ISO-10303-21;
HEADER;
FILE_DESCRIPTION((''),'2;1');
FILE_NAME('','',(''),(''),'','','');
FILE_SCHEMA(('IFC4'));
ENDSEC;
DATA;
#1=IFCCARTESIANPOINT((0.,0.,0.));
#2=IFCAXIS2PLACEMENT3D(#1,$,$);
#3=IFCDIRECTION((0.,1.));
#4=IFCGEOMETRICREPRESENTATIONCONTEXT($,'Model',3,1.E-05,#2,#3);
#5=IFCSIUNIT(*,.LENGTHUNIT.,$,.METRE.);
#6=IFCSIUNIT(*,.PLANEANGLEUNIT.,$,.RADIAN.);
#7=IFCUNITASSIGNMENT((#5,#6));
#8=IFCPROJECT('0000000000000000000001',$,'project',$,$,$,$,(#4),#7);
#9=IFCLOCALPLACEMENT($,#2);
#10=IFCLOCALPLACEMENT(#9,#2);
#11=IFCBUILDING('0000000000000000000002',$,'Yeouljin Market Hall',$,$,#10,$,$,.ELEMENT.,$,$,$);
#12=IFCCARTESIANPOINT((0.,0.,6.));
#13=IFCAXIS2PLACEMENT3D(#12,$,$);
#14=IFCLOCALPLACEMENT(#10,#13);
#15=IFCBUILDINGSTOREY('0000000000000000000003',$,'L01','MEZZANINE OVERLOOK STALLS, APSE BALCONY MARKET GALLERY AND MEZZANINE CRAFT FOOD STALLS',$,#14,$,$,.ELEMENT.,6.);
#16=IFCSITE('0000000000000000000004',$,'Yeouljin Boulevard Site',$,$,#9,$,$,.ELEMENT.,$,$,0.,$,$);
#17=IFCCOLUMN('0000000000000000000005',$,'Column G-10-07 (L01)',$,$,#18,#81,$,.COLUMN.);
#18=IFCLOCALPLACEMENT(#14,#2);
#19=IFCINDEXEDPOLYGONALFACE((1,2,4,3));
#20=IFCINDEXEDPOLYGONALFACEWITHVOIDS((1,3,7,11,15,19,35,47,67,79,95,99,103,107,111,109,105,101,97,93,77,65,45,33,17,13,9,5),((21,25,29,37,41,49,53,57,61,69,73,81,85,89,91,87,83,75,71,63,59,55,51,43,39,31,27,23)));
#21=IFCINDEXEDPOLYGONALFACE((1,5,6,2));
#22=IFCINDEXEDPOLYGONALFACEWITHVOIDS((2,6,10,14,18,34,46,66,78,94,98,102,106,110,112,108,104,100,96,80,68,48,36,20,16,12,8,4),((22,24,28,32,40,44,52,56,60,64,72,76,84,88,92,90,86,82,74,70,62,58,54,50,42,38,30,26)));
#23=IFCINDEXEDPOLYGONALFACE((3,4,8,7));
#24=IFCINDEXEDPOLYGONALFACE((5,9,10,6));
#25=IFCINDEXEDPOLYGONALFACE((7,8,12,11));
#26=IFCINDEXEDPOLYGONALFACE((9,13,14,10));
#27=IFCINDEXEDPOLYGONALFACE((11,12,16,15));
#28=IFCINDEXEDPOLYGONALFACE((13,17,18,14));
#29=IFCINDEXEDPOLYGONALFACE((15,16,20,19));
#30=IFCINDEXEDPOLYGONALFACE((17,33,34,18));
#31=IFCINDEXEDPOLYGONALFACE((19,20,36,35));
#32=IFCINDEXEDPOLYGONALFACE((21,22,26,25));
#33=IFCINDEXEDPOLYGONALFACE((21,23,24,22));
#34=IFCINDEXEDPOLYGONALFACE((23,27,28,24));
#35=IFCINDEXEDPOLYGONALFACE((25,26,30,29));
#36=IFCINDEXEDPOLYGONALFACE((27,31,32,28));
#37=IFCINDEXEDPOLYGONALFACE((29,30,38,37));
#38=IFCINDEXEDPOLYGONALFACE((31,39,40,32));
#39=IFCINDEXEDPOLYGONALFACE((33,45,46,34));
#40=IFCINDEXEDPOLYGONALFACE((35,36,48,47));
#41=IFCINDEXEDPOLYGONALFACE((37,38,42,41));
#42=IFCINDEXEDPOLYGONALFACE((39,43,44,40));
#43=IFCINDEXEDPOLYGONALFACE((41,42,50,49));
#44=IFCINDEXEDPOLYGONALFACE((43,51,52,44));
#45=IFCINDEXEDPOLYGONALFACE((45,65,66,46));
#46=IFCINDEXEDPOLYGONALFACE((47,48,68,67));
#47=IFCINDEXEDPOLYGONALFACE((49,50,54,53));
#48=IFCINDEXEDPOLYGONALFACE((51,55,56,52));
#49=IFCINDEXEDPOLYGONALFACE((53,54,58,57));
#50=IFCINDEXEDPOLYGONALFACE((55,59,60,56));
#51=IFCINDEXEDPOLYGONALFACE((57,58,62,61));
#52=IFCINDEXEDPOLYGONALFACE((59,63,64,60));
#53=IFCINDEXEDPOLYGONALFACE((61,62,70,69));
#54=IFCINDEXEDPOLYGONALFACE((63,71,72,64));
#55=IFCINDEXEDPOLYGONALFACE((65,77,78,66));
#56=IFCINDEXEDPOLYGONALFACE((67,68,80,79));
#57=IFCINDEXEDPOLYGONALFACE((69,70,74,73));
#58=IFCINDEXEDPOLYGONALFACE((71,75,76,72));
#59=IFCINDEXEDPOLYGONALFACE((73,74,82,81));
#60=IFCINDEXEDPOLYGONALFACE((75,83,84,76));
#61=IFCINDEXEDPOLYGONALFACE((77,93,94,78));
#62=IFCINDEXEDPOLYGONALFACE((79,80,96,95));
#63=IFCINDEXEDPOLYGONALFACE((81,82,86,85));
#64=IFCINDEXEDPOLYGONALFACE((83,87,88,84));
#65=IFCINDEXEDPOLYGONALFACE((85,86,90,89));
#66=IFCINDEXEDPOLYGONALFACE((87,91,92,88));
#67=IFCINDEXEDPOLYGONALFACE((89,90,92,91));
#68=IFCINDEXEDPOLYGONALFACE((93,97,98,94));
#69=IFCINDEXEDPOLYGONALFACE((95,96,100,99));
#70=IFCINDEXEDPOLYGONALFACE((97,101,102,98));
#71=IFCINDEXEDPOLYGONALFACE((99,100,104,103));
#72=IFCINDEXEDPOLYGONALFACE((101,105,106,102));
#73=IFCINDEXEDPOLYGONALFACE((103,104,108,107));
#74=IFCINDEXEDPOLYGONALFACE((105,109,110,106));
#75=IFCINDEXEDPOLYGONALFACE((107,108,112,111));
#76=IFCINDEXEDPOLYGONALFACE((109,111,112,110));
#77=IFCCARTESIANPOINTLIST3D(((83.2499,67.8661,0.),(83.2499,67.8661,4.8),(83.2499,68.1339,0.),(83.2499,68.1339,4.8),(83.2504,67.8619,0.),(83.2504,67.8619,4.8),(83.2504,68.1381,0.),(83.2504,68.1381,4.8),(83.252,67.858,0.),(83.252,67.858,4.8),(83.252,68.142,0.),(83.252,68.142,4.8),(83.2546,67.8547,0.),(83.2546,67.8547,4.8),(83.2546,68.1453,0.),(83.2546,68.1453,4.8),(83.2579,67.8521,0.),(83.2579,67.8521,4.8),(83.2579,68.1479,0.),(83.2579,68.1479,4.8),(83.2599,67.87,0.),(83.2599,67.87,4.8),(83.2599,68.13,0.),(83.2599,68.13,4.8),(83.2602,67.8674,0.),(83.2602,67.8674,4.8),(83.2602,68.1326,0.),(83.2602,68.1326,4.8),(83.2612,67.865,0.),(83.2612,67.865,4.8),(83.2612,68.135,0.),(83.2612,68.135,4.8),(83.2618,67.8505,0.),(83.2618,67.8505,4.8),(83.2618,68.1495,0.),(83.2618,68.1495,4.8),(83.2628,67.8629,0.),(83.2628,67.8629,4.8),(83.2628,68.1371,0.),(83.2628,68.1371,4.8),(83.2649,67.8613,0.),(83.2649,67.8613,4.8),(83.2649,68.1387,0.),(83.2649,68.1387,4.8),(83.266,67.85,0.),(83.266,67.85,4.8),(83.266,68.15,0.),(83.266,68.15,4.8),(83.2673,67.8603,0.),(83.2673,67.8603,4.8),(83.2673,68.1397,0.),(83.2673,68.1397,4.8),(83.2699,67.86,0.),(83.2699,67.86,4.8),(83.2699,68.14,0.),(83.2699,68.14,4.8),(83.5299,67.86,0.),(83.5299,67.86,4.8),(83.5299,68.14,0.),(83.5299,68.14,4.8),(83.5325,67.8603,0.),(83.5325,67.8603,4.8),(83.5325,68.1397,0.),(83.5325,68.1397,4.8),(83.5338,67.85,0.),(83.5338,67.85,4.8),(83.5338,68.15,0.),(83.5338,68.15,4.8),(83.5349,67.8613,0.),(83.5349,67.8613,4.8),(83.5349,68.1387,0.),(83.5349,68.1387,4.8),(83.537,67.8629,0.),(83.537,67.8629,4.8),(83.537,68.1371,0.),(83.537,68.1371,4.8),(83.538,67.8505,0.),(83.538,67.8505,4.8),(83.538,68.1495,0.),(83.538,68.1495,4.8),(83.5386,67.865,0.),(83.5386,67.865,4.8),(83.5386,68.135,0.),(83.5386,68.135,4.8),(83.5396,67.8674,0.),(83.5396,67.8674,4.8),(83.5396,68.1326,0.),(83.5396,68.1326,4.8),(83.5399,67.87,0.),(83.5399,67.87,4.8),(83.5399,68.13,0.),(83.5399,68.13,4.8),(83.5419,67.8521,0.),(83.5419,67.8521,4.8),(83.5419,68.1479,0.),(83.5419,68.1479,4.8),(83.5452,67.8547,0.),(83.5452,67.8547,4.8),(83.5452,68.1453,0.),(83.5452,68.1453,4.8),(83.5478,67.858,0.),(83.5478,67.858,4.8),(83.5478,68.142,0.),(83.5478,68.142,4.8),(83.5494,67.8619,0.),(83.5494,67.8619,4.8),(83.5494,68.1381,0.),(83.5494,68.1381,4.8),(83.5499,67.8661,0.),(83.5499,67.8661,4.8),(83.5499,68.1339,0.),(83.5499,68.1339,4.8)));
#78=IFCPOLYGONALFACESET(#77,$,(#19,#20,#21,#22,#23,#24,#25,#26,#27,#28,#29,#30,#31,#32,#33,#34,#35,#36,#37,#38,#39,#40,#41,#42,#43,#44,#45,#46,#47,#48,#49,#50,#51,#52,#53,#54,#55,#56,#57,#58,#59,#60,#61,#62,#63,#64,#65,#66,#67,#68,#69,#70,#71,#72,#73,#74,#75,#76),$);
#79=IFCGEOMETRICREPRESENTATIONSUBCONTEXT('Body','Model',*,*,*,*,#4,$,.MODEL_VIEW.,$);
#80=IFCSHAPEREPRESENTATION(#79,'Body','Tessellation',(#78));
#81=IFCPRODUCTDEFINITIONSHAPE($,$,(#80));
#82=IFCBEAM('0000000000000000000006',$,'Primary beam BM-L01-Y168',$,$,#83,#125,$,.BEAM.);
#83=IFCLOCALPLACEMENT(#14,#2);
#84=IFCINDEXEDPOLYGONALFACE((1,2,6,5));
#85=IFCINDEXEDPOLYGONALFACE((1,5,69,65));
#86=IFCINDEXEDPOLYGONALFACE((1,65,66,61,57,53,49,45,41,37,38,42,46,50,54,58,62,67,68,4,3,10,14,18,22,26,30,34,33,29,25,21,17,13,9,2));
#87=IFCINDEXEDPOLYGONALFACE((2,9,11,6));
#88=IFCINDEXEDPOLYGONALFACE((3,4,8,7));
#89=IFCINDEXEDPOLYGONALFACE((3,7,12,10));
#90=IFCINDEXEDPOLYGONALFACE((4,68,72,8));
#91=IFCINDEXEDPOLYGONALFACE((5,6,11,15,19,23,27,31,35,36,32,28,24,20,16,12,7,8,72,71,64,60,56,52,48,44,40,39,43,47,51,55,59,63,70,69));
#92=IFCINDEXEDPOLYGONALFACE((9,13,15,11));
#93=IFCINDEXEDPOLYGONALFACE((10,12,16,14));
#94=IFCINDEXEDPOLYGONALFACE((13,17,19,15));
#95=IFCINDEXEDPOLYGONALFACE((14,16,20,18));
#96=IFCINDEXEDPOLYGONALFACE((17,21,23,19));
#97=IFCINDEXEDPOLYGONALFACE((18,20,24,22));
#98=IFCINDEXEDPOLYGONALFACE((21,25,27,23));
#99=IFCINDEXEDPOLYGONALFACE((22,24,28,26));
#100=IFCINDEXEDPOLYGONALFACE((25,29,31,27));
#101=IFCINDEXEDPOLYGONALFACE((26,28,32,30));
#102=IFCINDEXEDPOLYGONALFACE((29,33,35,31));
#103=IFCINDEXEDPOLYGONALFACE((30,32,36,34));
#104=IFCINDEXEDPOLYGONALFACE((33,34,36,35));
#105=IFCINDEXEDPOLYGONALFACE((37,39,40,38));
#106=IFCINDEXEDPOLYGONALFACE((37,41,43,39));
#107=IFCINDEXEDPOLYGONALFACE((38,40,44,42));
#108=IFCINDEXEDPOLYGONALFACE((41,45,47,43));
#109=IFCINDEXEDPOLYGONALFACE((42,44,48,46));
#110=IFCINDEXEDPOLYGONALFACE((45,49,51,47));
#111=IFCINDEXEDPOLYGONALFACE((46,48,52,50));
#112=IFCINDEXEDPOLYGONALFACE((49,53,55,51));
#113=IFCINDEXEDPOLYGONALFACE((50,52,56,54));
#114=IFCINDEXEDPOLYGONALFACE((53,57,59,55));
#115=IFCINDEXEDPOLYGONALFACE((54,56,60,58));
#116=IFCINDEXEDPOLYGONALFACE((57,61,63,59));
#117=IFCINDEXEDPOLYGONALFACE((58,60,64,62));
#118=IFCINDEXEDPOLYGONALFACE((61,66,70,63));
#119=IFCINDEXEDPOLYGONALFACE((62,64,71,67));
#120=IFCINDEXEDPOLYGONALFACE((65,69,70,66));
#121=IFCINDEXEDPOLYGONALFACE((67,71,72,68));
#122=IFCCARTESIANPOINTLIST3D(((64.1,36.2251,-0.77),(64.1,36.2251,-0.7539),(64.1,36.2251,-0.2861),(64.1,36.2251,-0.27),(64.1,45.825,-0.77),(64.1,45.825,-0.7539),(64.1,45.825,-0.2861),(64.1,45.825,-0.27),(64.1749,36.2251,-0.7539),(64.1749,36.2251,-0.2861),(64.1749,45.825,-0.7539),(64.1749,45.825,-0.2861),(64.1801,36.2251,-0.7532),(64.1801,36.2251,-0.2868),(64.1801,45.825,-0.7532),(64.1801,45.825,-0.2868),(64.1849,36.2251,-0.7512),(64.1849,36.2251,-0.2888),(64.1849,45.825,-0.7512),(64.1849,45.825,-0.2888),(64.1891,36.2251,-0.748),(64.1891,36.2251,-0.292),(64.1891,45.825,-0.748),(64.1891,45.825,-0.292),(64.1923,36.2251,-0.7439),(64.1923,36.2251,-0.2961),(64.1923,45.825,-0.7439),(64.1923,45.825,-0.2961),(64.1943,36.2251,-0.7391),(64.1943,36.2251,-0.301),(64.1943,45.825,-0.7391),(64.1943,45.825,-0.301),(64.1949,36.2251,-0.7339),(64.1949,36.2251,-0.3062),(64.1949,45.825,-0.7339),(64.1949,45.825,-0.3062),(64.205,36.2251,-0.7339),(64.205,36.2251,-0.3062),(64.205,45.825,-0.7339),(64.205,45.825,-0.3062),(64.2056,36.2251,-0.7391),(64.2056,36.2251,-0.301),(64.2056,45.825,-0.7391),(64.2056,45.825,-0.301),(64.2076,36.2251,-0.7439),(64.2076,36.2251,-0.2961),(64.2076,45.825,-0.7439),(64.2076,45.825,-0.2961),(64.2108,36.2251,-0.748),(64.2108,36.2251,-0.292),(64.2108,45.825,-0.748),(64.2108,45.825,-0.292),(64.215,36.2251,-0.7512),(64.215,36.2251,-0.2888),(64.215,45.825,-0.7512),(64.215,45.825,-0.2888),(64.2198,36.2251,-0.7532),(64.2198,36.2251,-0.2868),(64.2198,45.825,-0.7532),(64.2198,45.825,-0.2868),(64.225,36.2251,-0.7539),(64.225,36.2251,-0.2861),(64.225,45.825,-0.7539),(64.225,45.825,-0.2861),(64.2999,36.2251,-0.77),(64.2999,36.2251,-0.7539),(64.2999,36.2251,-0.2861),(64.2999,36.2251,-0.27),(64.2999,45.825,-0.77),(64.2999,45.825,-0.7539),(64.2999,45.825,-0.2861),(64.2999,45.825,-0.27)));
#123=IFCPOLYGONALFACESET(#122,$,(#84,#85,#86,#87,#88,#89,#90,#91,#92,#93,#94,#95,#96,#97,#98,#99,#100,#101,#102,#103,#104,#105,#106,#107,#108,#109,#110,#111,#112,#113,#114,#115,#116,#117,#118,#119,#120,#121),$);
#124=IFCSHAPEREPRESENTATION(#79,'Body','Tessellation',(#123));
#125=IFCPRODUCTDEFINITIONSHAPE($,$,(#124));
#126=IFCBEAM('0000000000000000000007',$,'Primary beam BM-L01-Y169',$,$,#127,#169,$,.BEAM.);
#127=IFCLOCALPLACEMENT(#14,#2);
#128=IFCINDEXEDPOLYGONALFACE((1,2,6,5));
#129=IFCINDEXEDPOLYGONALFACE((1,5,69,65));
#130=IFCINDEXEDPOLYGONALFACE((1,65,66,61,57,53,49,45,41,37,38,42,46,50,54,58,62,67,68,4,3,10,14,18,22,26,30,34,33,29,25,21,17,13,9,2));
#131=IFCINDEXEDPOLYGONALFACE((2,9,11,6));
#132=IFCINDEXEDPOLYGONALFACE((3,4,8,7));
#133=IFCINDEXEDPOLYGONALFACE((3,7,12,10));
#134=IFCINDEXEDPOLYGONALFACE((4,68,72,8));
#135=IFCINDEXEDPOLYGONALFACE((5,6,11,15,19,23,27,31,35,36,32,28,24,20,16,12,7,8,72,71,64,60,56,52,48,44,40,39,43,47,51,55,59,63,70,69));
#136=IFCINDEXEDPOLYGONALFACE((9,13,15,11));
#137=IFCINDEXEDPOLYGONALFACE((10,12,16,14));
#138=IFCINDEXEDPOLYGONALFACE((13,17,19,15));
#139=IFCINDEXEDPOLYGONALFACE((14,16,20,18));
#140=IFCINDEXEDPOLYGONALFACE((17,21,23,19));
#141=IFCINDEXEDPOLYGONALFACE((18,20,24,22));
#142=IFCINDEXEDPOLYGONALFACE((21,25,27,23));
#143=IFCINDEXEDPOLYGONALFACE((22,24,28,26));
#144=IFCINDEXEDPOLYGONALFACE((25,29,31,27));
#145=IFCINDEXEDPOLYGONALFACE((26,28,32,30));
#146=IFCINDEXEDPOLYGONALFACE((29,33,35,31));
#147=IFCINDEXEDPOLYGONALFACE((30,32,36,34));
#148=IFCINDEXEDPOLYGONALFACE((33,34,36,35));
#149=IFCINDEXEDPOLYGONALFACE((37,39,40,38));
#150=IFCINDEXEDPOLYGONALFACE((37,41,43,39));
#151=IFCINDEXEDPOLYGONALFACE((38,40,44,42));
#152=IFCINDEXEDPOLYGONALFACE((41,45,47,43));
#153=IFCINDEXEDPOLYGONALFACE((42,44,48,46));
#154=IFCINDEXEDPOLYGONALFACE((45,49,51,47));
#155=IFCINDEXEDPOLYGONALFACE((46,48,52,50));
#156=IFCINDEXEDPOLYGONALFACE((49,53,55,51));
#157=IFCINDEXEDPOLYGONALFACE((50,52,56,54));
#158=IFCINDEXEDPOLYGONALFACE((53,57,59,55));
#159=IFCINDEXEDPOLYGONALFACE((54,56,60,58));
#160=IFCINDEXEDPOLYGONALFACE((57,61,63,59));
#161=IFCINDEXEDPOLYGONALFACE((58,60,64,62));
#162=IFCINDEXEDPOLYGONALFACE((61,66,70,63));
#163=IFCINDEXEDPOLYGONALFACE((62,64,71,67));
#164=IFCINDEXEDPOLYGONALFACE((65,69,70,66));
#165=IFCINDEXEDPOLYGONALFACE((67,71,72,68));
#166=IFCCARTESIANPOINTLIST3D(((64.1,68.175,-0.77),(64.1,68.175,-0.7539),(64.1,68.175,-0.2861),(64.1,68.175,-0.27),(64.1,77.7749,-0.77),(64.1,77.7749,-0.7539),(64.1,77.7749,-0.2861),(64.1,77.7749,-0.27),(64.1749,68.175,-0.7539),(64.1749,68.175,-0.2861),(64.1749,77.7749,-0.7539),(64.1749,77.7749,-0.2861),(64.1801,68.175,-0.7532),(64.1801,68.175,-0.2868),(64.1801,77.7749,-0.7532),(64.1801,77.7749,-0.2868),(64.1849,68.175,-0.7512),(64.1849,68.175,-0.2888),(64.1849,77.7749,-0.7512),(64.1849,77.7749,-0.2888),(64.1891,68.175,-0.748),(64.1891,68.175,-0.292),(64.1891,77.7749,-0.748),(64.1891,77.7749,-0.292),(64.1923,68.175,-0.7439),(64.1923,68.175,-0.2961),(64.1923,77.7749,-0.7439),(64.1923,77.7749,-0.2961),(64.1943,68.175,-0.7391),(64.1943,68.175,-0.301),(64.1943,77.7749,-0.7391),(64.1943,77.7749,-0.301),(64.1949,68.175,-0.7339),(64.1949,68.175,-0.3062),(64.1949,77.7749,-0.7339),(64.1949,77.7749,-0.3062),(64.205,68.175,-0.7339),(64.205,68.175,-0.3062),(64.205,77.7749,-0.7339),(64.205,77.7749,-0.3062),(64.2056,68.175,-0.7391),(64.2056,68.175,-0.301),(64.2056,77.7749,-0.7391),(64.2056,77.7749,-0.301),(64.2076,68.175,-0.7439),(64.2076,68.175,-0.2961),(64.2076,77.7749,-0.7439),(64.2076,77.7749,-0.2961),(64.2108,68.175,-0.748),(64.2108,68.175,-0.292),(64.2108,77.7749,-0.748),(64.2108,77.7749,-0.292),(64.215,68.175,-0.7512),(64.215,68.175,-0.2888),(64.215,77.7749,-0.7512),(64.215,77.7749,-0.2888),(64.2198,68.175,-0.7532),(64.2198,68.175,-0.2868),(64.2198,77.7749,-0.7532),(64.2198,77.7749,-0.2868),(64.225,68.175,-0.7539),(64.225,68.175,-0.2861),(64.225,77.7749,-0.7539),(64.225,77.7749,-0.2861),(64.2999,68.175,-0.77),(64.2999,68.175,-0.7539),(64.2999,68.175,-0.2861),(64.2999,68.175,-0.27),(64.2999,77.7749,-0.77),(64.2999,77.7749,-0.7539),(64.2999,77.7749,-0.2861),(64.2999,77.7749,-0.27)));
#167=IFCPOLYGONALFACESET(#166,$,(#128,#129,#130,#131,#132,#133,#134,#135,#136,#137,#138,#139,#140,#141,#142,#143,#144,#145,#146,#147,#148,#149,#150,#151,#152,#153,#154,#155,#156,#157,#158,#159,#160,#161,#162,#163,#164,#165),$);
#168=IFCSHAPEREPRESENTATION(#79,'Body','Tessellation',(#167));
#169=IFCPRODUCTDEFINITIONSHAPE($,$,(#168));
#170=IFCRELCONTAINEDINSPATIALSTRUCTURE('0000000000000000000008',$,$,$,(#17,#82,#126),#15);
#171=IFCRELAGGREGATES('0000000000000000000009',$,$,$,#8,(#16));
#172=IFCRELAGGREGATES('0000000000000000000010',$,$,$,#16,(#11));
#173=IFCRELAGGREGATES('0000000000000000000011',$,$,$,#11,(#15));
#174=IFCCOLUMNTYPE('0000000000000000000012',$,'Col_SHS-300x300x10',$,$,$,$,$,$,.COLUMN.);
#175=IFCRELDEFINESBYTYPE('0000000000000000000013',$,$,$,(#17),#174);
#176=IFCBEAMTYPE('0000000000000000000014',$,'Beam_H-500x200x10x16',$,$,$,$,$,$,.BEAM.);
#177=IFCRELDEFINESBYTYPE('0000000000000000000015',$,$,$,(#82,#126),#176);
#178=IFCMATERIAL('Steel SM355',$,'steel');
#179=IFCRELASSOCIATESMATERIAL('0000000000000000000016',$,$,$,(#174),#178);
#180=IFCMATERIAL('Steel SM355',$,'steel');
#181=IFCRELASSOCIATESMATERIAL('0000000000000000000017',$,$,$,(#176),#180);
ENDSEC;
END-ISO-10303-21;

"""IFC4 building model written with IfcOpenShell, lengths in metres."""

from ifc_helpers import new_model, si_unit, direction, frame, origin, origin_2d, place, context, subcontext, project, spatial, hollow_rectangle, i_section, extrude, material, material_profile, profile_set, type_object, element, save


model = new_model("IFC4")

# Units and contexts
model_context = context("Model", 3, precision=1e-05, world=origin(), true_north=direction((0.0, 1.0)))
body_context = subcontext(model_context, "Body", "Model", "MODEL_VIEW")
ifc_project = project(units=[si_unit("LENGTHUNIT", "METRE"), si_unit("PLANEANGLEUNIT", "RADIAN")], contexts=[model_context])

# Site, building, storey
site_placement = place(None, origin())
site = spatial("IfcSite", under=ifc_project, at=site_placement, Name="Yeouljin Boulevard Site", CompositionType="ELEMENT", RefElevation=0.0)
building_placement = place(site_placement, origin())
building = spatial("IfcBuilding", under=site, at=building_placement, Name="Yeouljin Market Hall", CompositionType="ELEMENT")
storey_placement = place(building_placement, frame((0.0, 0.0, 6.0)))
storey = spatial("IfcBuildingStorey", under=building, at=storey_placement, Name="L01", Description="MEZZANINE OVERLOOK STALLS, APSE BALCONY MARKET GALLERY AND MEZZANINE CRAFT FOOD STALLS", CompositionType="ELEMENT", Elevation=6.0)

# Column
ifc_material_1 = material(Name="Steel SM355", Category="steel")
ifc_material_profile_1 = material_profile(ifc_material_1, hollow_rectangle(XDim=0.3, YDim=0.3, WallThickness=0.01, InnerFilletRadius=0.01, OuterFilletRadius=0.0161, at=origin_2d()), Name="SHS-300x300x10")
ifc_profile_set_1 = profile_set([ifc_material_profile_1], Name="Steel SM355")
column_type = type_object("IfcColumnType", Name="Col_SHS-300x300x10", PredefinedType="COLUMN", material=ifc_profile_set_1)
for number, where, z_axis, x_axis, name in (
    (1, (83.3999, 68.0, 0.0), (0.0, 0.0, 1.0), (1.0, 0.0, 0.0), "Column G-10-07 (L01)"),
):
    element("IfcColumn", number, at=place(storey_placement, frame(where, z_axis=z_axis, x_axis=x_axis)), inside=storey, type_object=column_type, Name=name, PredefinedType="COLUMN", context=body_context, shape_type="SweptSolid", body=[
        extrude(hollow_rectangle(XDim=0.3, YDim=0.3, WallThickness=0.01, InnerFilletRadius=0.01, OuterFilletRadius=0.0161, at=origin_2d()), origin(), (0.0, 0.0, 1.0), 4.8),
    ])

# Beams
ifc_material_2 = material(Name="Steel SM355", Category="steel")
ifc_material_profile_2 = material_profile(ifc_material_2, i_section(OverallWidth=0.2, OverallDepth=0.5, WebThickness=0.01, FlangeThickness=0.0161, FilletRadius=0.02, at=origin_2d()), Name="H-500x200x10x16")
ifc_profile_set_2 = profile_set([ifc_material_profile_2], Name="Steel SM355")
beam_type_1 = type_object("IfcBeamType", Name="Beam_H-500x200x10x16", PredefinedType="BEAM", material=ifc_profile_set_2)
for number, where, z_axis, x_axis, name in (
    (2, (64.2, 36.2251, -0.52), (0.0, 1.0, 0.0), (-1.0, 0.0, 0.0), "Primary beam BM-L01-Y168"),
    (3, (64.2, 68.175, -0.52), (0.0, 1.0, 0.0), (-1.0, 0.0, 0.0), "Primary beam BM-L01-Y169"),
):
    element("IfcBeam", number, at=place(storey_placement, frame(where, z_axis=z_axis, x_axis=x_axis)), inside=storey, type_object=beam_type_1, Name=name, PredefinedType="BEAM", context=body_context, shape_type="SweptSolid", body=[
        extrude(i_section(OverallWidth=0.2, OverallDepth=0.5, WebThickness=0.01, FlangeThickness=0.0161, FilletRadius=0.02, at=origin_2d()), origin(), (0.0, 0.0, 1.0), 9.5999),
    ])

save(model, "model.ifc")
